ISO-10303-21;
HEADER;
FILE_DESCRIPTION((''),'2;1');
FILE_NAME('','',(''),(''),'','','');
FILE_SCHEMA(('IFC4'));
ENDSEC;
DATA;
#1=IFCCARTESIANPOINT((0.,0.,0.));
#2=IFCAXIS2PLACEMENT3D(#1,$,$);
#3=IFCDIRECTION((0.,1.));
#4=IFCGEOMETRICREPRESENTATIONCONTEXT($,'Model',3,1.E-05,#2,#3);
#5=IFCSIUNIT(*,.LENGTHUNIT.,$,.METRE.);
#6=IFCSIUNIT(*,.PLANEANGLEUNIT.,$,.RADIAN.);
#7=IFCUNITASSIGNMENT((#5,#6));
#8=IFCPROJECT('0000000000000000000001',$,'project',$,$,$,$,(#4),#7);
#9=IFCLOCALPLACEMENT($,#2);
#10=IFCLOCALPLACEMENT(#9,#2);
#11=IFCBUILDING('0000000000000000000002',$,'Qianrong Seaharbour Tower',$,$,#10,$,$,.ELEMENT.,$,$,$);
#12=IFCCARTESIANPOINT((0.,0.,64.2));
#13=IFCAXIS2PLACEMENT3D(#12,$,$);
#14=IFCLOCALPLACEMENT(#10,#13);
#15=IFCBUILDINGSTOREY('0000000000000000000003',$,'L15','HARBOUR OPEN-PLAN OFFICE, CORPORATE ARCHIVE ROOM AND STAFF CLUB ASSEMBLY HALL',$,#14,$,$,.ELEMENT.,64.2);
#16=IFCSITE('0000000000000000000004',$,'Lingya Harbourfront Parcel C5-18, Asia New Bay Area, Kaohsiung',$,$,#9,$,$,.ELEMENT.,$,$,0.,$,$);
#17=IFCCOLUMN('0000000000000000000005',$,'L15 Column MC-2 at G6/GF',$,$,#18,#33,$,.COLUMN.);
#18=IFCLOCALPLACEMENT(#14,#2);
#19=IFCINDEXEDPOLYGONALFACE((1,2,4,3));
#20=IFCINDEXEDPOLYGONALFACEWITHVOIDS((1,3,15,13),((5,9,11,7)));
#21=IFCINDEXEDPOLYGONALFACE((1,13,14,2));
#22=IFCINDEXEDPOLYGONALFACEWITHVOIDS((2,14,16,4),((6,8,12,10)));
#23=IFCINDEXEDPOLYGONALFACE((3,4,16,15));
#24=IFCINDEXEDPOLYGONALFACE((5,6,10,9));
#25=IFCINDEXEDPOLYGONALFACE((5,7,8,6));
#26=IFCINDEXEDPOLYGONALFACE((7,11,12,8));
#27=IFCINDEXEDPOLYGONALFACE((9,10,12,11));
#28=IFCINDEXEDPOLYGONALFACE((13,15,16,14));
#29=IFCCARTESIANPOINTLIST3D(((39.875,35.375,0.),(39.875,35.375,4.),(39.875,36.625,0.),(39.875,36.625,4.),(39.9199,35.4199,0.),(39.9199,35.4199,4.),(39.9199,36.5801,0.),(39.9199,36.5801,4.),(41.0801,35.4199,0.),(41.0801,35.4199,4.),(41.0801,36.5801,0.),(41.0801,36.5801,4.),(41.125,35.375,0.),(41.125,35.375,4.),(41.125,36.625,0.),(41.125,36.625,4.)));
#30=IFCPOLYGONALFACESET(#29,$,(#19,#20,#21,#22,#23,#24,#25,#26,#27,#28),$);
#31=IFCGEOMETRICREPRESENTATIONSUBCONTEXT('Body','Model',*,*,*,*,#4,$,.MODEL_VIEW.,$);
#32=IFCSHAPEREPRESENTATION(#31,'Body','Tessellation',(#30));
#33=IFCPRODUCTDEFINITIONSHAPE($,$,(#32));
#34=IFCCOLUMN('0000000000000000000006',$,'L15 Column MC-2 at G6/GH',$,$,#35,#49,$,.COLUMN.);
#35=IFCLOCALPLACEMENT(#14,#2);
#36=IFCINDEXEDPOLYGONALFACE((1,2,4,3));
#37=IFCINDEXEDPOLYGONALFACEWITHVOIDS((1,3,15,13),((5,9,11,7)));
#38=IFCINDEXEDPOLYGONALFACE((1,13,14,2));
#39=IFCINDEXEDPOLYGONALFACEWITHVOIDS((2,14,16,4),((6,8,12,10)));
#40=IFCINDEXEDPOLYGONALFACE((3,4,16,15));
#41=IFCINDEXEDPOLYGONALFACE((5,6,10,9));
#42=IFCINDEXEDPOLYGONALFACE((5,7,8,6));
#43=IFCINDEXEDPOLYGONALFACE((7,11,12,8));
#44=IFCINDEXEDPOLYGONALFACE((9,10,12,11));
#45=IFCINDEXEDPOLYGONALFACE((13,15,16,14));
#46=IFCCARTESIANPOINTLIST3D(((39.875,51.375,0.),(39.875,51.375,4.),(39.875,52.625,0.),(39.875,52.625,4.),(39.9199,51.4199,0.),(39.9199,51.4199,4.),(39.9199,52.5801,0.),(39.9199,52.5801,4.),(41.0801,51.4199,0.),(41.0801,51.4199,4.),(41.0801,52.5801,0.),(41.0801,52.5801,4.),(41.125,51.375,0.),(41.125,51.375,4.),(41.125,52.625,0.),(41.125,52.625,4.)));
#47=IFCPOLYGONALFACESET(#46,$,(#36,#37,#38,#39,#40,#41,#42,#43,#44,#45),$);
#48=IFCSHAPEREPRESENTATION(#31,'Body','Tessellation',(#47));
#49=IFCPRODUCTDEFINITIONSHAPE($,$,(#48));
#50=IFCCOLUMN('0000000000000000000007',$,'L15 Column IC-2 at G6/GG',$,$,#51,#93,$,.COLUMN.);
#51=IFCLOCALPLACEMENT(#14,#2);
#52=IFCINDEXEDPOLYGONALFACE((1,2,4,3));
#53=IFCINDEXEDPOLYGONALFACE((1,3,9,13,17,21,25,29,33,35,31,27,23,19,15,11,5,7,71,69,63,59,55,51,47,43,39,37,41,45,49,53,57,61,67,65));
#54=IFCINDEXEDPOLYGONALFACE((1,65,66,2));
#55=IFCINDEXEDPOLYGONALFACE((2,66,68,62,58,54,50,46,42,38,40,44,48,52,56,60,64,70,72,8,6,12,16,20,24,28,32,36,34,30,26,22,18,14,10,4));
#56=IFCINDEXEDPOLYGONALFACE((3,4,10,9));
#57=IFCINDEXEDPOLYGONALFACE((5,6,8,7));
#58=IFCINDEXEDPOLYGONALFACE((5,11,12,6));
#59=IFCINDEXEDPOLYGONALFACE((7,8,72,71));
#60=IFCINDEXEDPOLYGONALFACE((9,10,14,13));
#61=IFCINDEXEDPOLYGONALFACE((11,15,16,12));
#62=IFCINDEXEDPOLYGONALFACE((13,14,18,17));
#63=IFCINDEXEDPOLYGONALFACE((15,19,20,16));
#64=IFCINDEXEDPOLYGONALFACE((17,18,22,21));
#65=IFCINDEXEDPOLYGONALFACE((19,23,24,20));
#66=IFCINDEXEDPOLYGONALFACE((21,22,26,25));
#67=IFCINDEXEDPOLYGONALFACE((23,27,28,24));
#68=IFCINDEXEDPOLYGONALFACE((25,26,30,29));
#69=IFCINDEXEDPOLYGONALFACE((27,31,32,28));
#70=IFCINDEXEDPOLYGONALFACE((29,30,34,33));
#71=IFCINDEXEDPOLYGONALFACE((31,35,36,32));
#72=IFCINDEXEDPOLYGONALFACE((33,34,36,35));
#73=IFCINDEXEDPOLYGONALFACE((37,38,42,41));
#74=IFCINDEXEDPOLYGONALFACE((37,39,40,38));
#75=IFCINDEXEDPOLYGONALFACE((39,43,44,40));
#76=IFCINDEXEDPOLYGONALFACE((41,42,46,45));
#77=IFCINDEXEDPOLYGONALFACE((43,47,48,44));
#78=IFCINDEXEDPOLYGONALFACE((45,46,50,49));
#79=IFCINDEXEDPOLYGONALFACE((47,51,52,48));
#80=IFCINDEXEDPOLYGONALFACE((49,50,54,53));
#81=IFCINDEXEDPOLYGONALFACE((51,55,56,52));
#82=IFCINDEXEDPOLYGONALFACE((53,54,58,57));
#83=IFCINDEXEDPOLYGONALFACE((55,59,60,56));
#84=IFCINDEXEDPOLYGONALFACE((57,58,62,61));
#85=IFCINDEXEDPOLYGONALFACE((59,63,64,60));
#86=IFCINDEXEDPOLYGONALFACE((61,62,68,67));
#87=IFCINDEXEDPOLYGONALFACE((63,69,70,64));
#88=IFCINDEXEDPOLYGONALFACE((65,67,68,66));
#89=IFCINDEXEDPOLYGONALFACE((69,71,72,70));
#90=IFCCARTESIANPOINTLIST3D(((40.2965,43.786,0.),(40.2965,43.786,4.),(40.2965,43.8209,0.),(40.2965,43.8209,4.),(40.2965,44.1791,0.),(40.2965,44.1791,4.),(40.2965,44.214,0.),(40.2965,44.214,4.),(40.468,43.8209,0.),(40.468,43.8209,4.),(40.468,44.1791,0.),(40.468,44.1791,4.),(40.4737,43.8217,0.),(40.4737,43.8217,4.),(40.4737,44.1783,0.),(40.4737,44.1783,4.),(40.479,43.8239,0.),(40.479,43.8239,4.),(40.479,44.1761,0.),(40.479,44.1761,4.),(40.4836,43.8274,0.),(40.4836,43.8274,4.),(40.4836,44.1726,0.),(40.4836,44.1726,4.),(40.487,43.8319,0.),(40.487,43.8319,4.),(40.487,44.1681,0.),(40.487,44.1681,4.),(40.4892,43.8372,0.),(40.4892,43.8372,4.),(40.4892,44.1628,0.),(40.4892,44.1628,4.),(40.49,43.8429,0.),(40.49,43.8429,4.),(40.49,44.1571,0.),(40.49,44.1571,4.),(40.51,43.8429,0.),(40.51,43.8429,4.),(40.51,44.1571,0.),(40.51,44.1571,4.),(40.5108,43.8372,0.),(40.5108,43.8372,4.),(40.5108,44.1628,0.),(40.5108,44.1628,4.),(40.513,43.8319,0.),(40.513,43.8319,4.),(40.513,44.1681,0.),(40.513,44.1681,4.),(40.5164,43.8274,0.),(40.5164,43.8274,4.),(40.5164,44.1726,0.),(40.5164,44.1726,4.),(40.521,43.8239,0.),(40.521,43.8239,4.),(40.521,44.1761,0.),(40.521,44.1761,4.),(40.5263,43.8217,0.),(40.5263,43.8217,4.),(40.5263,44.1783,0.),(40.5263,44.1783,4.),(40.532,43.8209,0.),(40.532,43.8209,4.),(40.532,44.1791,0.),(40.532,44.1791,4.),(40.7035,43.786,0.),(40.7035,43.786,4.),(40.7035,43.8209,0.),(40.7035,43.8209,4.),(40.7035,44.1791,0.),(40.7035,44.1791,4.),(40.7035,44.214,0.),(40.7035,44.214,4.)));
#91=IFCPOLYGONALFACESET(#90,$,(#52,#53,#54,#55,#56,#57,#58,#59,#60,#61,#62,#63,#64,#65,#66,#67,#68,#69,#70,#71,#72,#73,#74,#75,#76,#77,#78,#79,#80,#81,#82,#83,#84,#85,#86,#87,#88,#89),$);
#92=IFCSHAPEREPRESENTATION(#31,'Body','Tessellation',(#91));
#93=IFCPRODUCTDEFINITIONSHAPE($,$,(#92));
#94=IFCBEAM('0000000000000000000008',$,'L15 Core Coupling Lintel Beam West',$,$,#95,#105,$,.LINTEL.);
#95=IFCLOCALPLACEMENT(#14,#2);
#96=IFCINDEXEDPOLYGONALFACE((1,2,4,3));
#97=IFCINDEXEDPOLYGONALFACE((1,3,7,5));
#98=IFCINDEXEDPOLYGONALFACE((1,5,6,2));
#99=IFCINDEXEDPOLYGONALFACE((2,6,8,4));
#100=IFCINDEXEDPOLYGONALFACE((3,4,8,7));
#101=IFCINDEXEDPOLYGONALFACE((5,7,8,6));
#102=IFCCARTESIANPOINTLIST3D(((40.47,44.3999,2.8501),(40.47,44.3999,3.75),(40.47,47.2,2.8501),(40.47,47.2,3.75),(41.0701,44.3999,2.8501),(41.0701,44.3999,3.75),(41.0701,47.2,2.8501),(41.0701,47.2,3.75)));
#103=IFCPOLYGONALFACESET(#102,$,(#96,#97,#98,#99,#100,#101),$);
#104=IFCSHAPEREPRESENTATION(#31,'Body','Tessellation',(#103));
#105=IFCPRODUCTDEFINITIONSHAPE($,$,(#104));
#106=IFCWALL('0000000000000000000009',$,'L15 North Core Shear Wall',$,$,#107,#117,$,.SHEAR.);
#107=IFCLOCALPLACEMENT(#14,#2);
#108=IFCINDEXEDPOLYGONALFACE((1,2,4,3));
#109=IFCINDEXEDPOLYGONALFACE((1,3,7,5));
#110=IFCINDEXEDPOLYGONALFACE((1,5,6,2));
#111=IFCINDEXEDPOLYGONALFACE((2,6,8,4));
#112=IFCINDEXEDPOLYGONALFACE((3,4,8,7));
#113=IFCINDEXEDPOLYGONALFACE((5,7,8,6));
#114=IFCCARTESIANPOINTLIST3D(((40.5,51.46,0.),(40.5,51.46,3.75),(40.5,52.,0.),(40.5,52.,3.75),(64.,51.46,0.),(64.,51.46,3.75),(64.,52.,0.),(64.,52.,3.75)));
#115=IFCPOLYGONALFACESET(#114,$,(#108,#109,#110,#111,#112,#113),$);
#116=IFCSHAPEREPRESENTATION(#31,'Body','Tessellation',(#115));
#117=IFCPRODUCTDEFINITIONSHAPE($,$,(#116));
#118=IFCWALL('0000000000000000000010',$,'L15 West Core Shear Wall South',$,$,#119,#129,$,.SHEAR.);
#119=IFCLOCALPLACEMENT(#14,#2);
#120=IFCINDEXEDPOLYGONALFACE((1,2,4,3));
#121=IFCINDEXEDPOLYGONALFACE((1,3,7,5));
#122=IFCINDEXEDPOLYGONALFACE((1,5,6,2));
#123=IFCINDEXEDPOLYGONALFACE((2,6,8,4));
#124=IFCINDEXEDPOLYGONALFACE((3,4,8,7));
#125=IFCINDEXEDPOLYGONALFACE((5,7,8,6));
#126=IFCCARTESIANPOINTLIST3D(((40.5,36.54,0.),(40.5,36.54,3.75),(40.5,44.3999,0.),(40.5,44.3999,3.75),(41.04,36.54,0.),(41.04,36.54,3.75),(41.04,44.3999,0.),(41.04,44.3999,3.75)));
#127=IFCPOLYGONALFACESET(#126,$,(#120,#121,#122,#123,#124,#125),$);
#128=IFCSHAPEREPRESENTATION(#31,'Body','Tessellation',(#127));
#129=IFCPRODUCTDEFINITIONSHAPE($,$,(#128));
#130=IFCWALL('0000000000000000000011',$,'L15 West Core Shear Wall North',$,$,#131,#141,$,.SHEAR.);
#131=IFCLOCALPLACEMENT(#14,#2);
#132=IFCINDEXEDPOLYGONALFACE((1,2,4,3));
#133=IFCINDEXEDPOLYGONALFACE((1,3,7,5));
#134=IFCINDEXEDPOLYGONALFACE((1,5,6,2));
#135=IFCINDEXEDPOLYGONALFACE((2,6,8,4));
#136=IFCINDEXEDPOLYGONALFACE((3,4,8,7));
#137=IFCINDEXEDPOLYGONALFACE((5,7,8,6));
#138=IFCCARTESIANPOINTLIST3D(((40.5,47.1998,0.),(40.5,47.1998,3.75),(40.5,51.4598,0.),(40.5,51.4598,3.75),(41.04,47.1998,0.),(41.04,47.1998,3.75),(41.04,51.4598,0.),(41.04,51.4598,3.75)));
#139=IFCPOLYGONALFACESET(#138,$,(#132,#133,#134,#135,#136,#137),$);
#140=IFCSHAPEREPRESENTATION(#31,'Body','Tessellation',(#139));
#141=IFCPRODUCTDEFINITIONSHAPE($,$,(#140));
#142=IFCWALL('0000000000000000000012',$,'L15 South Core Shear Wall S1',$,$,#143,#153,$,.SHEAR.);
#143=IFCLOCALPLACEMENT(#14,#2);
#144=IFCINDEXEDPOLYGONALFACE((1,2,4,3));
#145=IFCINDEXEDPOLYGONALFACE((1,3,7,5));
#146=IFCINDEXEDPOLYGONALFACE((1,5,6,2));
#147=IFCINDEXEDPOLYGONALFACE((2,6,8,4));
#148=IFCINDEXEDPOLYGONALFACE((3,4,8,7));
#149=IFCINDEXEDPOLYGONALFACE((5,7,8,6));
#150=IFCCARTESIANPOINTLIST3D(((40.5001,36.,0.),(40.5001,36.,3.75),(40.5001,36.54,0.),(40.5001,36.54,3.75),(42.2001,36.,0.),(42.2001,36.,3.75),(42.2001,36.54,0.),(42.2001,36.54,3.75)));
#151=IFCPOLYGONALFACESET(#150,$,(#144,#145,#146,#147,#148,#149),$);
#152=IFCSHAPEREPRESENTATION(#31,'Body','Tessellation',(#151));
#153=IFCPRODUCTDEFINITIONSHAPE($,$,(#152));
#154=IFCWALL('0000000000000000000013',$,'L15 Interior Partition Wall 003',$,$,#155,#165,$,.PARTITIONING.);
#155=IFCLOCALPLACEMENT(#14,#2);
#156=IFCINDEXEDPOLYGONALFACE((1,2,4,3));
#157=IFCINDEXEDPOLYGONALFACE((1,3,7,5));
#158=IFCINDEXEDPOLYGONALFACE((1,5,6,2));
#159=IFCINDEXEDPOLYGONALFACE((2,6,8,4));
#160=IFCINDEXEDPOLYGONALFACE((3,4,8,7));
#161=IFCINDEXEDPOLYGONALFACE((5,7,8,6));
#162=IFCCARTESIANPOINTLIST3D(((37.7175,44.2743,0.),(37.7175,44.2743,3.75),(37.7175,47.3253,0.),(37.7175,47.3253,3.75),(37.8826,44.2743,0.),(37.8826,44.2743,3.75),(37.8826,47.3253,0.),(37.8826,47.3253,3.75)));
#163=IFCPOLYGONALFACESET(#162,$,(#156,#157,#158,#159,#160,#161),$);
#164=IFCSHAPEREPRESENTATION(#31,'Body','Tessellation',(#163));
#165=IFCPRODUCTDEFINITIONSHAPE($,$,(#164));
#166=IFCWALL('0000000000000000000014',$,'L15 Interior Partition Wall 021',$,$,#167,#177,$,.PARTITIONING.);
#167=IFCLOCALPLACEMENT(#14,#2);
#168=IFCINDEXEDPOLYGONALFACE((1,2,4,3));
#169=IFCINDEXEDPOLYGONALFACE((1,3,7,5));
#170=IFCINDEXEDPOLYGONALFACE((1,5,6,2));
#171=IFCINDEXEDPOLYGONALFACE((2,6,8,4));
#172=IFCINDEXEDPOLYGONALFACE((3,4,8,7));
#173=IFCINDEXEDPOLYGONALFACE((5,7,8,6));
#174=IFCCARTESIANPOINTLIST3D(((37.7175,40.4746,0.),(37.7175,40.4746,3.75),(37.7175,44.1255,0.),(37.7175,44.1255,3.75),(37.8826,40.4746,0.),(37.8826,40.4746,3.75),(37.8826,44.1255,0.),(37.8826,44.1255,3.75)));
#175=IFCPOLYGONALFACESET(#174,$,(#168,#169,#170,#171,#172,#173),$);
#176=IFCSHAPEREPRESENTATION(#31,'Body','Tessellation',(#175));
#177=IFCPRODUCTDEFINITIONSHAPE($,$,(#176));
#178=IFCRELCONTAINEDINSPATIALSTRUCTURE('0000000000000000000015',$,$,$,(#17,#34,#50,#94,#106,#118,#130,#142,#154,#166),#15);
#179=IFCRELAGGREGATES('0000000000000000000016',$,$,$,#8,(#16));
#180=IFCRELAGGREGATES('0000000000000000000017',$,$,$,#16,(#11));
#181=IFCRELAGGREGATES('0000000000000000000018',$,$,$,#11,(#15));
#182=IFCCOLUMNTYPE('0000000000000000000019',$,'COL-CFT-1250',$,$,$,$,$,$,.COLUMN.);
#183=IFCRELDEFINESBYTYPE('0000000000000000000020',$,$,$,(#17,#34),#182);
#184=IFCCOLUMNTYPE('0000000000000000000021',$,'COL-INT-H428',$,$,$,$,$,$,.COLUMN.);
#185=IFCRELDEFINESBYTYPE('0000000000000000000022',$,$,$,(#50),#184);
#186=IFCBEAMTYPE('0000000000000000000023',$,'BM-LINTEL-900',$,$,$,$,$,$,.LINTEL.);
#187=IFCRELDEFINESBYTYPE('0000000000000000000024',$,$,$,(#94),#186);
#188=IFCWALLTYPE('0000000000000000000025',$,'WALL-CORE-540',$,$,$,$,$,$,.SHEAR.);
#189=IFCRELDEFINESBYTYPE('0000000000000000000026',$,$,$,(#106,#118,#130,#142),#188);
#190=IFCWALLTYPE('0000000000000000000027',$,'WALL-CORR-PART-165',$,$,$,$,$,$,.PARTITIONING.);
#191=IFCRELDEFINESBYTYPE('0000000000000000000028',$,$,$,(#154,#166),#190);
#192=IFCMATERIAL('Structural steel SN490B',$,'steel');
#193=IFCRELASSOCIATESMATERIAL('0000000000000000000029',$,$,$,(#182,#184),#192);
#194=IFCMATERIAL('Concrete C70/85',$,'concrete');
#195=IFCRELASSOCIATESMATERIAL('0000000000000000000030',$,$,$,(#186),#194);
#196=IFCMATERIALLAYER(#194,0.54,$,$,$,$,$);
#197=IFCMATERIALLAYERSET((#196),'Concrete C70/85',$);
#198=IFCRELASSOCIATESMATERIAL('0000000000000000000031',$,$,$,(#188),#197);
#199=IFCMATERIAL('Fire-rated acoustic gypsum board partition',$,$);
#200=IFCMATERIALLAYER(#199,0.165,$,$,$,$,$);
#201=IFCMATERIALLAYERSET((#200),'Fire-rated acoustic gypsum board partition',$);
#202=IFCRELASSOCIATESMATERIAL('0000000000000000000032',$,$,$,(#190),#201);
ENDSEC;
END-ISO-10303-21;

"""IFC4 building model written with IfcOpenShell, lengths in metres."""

from ifc_helpers import new_model, si_unit, direction, frame, frame_2d, origin, origin_2d, place, context, subcontext, project, spatial, rectangle, hollow_rectangle, i_section, extrude, material, layer, layer_set, material_profile, profile_set, type_object, element, save


model = new_model("IFC4")

# Units and contexts
model_context = context("Model", 3, precision=1e-05, world=origin(), true_north=direction((0.0, 1.0)))
body_context = subcontext(model_context, "Body", "Model", "MODEL_VIEW")
ifc_project = project(units=[si_unit("LENGTHUNIT", "METRE"), si_unit("PLANEANGLEUNIT", "RADIAN")], contexts=[model_context])

# Site, building, storey
site_placement = place(None, origin())
site = spatial("IfcSite", under=ifc_project, at=site_placement, Name="Lingya Harbourfront Parcel C5-18, Asia New Bay Area, Kaohsiung", CompositionType="ELEMENT", RefElevation=0.0)
building_placement = place(site_placement, origin())
building = spatial("IfcBuilding", under=site, at=building_placement, Name="Qianrong Seaharbour Tower", CompositionType="ELEMENT")
storey_placement = place(building_placement, frame((0.0, 0.0, 64.2)))
storey = spatial("IfcBuildingStorey", under=building, at=storey_placement, Name="L15", Description="HARBOUR OPEN-PLAN OFFICE, CORPORATE ARCHIVE ROOM AND STAFF CLUB ASSEMBLY HALL", CompositionType="ELEMENT", Elevation=64.2)

# Columns
ifc_material_1 = material(Name="Structural steel SN490B", Category="steel")
ifc_material_profile_1 = material_profile(ifc_material_1, hollow_rectangle(XDim=1.25, YDim=1.25, WallThickness=0.0449, at=origin_2d()), Name="BOX1250x1250x45")
ifc_profile_set_1 = profile_set([ifc_material_profile_1], Name="Structural steel SN490B")
column_type_1 = type_object("IfcColumnType", Name="COL-CFT-1250", PredefinedType="COLUMN", material=ifc_profile_set_1)
for number, where, z_axis, x_axis, name in (
    (1, (40.5, 36.0, 0.0), (0.0, 0.0, 1.0), (1.0, 0.0, 0.0), "L15 Column MC-2 at G6/GF"),
    (2, (40.5, 52.0, 0.0), (0.0, 0.0, 1.0), (1.0, 0.0, 0.0), "L15 Column MC-2 at G6/GH"),
):
    element("IfcColumn", number, at=place(storey_placement, frame(where, z_axis=z_axis, x_axis=x_axis)), inside=storey, type_object=column_type_1, Name=name, PredefinedType="COLUMN", context=body_context, shape_type="SweptSolid", body=[
        extrude(hollow_rectangle(XDim=1.25, YDim=1.25, WallThickness=0.0449, at=origin_2d()), origin(), (0.0, 0.0, 1.0), 4.0),
    ])
ifc_material_profile_2 = material_profile(ifc_material_1, i_section(OverallWidth=0.407, OverallDepth=0.428, WebThickness=0.02, FlangeThickness=0.0349, FilletRadius=0.022, at=origin_2d()), Name="H428x407x20x35")
ifc_profile_set_2 = profile_set([ifc_material_profile_2], Name="Structural steel SN490B")
column_type_2 = type_object("IfcColumnType", Name="COL-INT-H428", PredefinedType="COLUMN", material=ifc_profile_set_2)
column_placement = place(storey_placement, frame((40.5, 44.0, 0.0), z_axis=(0.0, 0.0, 1.0), x_axis=(1.0, 0.0, 0.0)))
element("IfcColumn", 3, at=column_placement, inside=storey, type_object=column_type_2, Name="L15 Column IC-2 at G6/GG", PredefinedType="COLUMN", context=body_context, shape_type="SweptSolid", body=[
    extrude(i_section(OverallWidth=0.407, OverallDepth=0.428, WebThickness=0.02, FlangeThickness=0.0349, FilletRadius=0.022, at=origin_2d()), origin(), (0.0, 0.0, 1.0), 4.0),
])

# Beam
ifc_material_2 = material(Name="Concrete C70/85", Category="concrete")
ifc_material_profile_3 = material_profile(ifc_material_2, rectangle(XDim=0.6001, YDim=0.8999, at=origin_2d()), Name="RC600x900")
ifc_profile_set_3 = profile_set([ifc_material_profile_3], Name="Concrete C70/85")
beam_type = type_object("IfcBeamType", Name="BM-LINTEL-900", PredefinedType="LINTEL", material=ifc_profile_set_3)
beam_placement = place(storey_placement, frame((40.77, 44.3999, 3.3), z_axis=(0.0, 1.0, 0.0), x_axis=(-1.0, 0.0, 0.0)))
element("IfcBeam", 4, at=beam_placement, inside=storey, type_object=beam_type, Name="L15 Core Coupling Lintel Beam West", PredefinedType="LINTEL", context=body_context, shape_type="SweptSolid", body=[
    extrude(rectangle(XDim=0.6001, YDim=0.8999, at=origin_2d()), origin(), (0.0, 0.0, 1.0), 2.8),
])

# Walls
ifc_layer_1 = layer(ifc_material_2, 0.54)
ifc_layer_set_1 = layer_set([ifc_layer_1], Name="Concrete C70/85")
wall_type_1 = type_object("IfcWallType", Name="WALL-CORE-540", PredefinedType="SHEAR", material=ifc_layer_set_1)
wall_1_placement = place(storey_placement, frame((40.5, 51.73, 0.0), z_axis=(0.0, 0.0, 1.0), x_axis=(1.0, 0.0, 0.0)))
element("IfcWall", 5, at=wall_1_placement, inside=storey, type_object=wall_type_1, Name="L15 North Core Shear Wall", PredefinedType="SHEAR", context=body_context, shape_type="SweptSolid", body=[
    extrude(rectangle(XDim=23.5, YDim=0.54, at=frame_2d((11.75, 0.0))), origin(), (0.0, 0.0, 1.0), 3.75),
])
wall_2_placement = place(storey_placement, frame((40.77, 36.54, 0.0), z_axis=(0.0, 0.0, 1.0), x_axis=(0.0, 1.0, 0.0)))
element("IfcWall", 6, at=wall_2_placement, inside=storey, type_object=wall_type_1, Name="L15 West Core Shear Wall South", PredefinedType="SHEAR", context=body_context, shape_type="SweptSolid", body=[
    extrude(rectangle(XDim=7.8599, YDim=0.54, at=frame_2d((3.9299, 0.0))), origin(), (0.0, 0.0, 1.0), 3.75),
])
wall_3_placement = place(storey_placement, frame((40.77, 47.2, 0.0), z_axis=(0.0, 0.0, 1.0), x_axis=(0.0, 1.0, 0.0)))
element("IfcWall", 7, at=wall_3_placement, inside=storey, type_object=wall_type_1, Name="L15 West Core Shear Wall North", PredefinedType="SHEAR", context=body_context, shape_type="SweptSolid", body=[
    extrude(rectangle(XDim=4.26, YDim=0.54, at=frame_2d((2.1299, 0.0))), origin(), (0.0, 0.0, 1.0), 3.75),
])
wall_4_placement = place(storey_placement, frame((40.5, 36.27, 0.0), z_axis=(0.0, 0.0, 1.0), x_axis=(1.0, 0.0, 0.0)))
element("IfcWall", 8, at=wall_4_placement, inside=storey, type_object=wall_type_1, Name="L15 South Core Shear Wall S1", PredefinedType="SHEAR", context=body_context, shape_type="SweptSolid", body=[
    extrude(rectangle(XDim=1.7, YDim=0.54, at=frame_2d((0.8501, 0.0))), origin(), (0.0, 0.0, 1.0), 3.75),
])

# Shared definitions
ifc_material_3 = material(Name="Fire-rated acoustic gypsum board partition")
ifc_layer_2 = layer(ifc_material_3, 0.165)
ifc_layer_set_2 = layer_set([ifc_layer_2], Name="Fire-rated acoustic gypsum board partition")
wall_type_2 = type_object("IfcWallType", Name="WALL-CORR-PART-165", PredefinedType="PARTITIONING", material=ifc_layer_set_2)

# Walls
wall_5_placement = place(storey_placement, frame((37.8, 44.2744, 0.0), z_axis=(0.0, 0.0, 1.0), x_axis=(0.0, 1.0, 0.0)))
element("IfcWall", 9, at=wall_5_placement, inside=storey, type_object=wall_type_2, Name="L15 Interior Partition Wall 003", PredefinedType="PARTITIONING", context=body_context, shape_type="SweptSolid", body=[
    extrude(rectangle(XDim=3.051, YDim=0.165, at=frame_2d((1.5254, 0.0))), origin(), (0.0, 0.0, 1.0), 3.75),
])
wall_6_placement = place(storey_placement, frame((37.8, 40.4746, 0.0), z_axis=(0.0, 0.0, 1.0), x_axis=(0.0, 1.0, 0.0)))
element("IfcWall", 10, at=wall_6_placement, inside=storey, type_object=wall_type_2, Name="L15 Interior Partition Wall 021", PredefinedType="PARTITIONING", context=body_context, shape_type="SweptSolid", body=[
    extrude(rectangle(XDim=3.6509, YDim=0.165, at=frame_2d((1.8254, 0.0))), origin(), (0.0, 0.0, 1.0), 3.75),
])

save(model, "model.ifc")
